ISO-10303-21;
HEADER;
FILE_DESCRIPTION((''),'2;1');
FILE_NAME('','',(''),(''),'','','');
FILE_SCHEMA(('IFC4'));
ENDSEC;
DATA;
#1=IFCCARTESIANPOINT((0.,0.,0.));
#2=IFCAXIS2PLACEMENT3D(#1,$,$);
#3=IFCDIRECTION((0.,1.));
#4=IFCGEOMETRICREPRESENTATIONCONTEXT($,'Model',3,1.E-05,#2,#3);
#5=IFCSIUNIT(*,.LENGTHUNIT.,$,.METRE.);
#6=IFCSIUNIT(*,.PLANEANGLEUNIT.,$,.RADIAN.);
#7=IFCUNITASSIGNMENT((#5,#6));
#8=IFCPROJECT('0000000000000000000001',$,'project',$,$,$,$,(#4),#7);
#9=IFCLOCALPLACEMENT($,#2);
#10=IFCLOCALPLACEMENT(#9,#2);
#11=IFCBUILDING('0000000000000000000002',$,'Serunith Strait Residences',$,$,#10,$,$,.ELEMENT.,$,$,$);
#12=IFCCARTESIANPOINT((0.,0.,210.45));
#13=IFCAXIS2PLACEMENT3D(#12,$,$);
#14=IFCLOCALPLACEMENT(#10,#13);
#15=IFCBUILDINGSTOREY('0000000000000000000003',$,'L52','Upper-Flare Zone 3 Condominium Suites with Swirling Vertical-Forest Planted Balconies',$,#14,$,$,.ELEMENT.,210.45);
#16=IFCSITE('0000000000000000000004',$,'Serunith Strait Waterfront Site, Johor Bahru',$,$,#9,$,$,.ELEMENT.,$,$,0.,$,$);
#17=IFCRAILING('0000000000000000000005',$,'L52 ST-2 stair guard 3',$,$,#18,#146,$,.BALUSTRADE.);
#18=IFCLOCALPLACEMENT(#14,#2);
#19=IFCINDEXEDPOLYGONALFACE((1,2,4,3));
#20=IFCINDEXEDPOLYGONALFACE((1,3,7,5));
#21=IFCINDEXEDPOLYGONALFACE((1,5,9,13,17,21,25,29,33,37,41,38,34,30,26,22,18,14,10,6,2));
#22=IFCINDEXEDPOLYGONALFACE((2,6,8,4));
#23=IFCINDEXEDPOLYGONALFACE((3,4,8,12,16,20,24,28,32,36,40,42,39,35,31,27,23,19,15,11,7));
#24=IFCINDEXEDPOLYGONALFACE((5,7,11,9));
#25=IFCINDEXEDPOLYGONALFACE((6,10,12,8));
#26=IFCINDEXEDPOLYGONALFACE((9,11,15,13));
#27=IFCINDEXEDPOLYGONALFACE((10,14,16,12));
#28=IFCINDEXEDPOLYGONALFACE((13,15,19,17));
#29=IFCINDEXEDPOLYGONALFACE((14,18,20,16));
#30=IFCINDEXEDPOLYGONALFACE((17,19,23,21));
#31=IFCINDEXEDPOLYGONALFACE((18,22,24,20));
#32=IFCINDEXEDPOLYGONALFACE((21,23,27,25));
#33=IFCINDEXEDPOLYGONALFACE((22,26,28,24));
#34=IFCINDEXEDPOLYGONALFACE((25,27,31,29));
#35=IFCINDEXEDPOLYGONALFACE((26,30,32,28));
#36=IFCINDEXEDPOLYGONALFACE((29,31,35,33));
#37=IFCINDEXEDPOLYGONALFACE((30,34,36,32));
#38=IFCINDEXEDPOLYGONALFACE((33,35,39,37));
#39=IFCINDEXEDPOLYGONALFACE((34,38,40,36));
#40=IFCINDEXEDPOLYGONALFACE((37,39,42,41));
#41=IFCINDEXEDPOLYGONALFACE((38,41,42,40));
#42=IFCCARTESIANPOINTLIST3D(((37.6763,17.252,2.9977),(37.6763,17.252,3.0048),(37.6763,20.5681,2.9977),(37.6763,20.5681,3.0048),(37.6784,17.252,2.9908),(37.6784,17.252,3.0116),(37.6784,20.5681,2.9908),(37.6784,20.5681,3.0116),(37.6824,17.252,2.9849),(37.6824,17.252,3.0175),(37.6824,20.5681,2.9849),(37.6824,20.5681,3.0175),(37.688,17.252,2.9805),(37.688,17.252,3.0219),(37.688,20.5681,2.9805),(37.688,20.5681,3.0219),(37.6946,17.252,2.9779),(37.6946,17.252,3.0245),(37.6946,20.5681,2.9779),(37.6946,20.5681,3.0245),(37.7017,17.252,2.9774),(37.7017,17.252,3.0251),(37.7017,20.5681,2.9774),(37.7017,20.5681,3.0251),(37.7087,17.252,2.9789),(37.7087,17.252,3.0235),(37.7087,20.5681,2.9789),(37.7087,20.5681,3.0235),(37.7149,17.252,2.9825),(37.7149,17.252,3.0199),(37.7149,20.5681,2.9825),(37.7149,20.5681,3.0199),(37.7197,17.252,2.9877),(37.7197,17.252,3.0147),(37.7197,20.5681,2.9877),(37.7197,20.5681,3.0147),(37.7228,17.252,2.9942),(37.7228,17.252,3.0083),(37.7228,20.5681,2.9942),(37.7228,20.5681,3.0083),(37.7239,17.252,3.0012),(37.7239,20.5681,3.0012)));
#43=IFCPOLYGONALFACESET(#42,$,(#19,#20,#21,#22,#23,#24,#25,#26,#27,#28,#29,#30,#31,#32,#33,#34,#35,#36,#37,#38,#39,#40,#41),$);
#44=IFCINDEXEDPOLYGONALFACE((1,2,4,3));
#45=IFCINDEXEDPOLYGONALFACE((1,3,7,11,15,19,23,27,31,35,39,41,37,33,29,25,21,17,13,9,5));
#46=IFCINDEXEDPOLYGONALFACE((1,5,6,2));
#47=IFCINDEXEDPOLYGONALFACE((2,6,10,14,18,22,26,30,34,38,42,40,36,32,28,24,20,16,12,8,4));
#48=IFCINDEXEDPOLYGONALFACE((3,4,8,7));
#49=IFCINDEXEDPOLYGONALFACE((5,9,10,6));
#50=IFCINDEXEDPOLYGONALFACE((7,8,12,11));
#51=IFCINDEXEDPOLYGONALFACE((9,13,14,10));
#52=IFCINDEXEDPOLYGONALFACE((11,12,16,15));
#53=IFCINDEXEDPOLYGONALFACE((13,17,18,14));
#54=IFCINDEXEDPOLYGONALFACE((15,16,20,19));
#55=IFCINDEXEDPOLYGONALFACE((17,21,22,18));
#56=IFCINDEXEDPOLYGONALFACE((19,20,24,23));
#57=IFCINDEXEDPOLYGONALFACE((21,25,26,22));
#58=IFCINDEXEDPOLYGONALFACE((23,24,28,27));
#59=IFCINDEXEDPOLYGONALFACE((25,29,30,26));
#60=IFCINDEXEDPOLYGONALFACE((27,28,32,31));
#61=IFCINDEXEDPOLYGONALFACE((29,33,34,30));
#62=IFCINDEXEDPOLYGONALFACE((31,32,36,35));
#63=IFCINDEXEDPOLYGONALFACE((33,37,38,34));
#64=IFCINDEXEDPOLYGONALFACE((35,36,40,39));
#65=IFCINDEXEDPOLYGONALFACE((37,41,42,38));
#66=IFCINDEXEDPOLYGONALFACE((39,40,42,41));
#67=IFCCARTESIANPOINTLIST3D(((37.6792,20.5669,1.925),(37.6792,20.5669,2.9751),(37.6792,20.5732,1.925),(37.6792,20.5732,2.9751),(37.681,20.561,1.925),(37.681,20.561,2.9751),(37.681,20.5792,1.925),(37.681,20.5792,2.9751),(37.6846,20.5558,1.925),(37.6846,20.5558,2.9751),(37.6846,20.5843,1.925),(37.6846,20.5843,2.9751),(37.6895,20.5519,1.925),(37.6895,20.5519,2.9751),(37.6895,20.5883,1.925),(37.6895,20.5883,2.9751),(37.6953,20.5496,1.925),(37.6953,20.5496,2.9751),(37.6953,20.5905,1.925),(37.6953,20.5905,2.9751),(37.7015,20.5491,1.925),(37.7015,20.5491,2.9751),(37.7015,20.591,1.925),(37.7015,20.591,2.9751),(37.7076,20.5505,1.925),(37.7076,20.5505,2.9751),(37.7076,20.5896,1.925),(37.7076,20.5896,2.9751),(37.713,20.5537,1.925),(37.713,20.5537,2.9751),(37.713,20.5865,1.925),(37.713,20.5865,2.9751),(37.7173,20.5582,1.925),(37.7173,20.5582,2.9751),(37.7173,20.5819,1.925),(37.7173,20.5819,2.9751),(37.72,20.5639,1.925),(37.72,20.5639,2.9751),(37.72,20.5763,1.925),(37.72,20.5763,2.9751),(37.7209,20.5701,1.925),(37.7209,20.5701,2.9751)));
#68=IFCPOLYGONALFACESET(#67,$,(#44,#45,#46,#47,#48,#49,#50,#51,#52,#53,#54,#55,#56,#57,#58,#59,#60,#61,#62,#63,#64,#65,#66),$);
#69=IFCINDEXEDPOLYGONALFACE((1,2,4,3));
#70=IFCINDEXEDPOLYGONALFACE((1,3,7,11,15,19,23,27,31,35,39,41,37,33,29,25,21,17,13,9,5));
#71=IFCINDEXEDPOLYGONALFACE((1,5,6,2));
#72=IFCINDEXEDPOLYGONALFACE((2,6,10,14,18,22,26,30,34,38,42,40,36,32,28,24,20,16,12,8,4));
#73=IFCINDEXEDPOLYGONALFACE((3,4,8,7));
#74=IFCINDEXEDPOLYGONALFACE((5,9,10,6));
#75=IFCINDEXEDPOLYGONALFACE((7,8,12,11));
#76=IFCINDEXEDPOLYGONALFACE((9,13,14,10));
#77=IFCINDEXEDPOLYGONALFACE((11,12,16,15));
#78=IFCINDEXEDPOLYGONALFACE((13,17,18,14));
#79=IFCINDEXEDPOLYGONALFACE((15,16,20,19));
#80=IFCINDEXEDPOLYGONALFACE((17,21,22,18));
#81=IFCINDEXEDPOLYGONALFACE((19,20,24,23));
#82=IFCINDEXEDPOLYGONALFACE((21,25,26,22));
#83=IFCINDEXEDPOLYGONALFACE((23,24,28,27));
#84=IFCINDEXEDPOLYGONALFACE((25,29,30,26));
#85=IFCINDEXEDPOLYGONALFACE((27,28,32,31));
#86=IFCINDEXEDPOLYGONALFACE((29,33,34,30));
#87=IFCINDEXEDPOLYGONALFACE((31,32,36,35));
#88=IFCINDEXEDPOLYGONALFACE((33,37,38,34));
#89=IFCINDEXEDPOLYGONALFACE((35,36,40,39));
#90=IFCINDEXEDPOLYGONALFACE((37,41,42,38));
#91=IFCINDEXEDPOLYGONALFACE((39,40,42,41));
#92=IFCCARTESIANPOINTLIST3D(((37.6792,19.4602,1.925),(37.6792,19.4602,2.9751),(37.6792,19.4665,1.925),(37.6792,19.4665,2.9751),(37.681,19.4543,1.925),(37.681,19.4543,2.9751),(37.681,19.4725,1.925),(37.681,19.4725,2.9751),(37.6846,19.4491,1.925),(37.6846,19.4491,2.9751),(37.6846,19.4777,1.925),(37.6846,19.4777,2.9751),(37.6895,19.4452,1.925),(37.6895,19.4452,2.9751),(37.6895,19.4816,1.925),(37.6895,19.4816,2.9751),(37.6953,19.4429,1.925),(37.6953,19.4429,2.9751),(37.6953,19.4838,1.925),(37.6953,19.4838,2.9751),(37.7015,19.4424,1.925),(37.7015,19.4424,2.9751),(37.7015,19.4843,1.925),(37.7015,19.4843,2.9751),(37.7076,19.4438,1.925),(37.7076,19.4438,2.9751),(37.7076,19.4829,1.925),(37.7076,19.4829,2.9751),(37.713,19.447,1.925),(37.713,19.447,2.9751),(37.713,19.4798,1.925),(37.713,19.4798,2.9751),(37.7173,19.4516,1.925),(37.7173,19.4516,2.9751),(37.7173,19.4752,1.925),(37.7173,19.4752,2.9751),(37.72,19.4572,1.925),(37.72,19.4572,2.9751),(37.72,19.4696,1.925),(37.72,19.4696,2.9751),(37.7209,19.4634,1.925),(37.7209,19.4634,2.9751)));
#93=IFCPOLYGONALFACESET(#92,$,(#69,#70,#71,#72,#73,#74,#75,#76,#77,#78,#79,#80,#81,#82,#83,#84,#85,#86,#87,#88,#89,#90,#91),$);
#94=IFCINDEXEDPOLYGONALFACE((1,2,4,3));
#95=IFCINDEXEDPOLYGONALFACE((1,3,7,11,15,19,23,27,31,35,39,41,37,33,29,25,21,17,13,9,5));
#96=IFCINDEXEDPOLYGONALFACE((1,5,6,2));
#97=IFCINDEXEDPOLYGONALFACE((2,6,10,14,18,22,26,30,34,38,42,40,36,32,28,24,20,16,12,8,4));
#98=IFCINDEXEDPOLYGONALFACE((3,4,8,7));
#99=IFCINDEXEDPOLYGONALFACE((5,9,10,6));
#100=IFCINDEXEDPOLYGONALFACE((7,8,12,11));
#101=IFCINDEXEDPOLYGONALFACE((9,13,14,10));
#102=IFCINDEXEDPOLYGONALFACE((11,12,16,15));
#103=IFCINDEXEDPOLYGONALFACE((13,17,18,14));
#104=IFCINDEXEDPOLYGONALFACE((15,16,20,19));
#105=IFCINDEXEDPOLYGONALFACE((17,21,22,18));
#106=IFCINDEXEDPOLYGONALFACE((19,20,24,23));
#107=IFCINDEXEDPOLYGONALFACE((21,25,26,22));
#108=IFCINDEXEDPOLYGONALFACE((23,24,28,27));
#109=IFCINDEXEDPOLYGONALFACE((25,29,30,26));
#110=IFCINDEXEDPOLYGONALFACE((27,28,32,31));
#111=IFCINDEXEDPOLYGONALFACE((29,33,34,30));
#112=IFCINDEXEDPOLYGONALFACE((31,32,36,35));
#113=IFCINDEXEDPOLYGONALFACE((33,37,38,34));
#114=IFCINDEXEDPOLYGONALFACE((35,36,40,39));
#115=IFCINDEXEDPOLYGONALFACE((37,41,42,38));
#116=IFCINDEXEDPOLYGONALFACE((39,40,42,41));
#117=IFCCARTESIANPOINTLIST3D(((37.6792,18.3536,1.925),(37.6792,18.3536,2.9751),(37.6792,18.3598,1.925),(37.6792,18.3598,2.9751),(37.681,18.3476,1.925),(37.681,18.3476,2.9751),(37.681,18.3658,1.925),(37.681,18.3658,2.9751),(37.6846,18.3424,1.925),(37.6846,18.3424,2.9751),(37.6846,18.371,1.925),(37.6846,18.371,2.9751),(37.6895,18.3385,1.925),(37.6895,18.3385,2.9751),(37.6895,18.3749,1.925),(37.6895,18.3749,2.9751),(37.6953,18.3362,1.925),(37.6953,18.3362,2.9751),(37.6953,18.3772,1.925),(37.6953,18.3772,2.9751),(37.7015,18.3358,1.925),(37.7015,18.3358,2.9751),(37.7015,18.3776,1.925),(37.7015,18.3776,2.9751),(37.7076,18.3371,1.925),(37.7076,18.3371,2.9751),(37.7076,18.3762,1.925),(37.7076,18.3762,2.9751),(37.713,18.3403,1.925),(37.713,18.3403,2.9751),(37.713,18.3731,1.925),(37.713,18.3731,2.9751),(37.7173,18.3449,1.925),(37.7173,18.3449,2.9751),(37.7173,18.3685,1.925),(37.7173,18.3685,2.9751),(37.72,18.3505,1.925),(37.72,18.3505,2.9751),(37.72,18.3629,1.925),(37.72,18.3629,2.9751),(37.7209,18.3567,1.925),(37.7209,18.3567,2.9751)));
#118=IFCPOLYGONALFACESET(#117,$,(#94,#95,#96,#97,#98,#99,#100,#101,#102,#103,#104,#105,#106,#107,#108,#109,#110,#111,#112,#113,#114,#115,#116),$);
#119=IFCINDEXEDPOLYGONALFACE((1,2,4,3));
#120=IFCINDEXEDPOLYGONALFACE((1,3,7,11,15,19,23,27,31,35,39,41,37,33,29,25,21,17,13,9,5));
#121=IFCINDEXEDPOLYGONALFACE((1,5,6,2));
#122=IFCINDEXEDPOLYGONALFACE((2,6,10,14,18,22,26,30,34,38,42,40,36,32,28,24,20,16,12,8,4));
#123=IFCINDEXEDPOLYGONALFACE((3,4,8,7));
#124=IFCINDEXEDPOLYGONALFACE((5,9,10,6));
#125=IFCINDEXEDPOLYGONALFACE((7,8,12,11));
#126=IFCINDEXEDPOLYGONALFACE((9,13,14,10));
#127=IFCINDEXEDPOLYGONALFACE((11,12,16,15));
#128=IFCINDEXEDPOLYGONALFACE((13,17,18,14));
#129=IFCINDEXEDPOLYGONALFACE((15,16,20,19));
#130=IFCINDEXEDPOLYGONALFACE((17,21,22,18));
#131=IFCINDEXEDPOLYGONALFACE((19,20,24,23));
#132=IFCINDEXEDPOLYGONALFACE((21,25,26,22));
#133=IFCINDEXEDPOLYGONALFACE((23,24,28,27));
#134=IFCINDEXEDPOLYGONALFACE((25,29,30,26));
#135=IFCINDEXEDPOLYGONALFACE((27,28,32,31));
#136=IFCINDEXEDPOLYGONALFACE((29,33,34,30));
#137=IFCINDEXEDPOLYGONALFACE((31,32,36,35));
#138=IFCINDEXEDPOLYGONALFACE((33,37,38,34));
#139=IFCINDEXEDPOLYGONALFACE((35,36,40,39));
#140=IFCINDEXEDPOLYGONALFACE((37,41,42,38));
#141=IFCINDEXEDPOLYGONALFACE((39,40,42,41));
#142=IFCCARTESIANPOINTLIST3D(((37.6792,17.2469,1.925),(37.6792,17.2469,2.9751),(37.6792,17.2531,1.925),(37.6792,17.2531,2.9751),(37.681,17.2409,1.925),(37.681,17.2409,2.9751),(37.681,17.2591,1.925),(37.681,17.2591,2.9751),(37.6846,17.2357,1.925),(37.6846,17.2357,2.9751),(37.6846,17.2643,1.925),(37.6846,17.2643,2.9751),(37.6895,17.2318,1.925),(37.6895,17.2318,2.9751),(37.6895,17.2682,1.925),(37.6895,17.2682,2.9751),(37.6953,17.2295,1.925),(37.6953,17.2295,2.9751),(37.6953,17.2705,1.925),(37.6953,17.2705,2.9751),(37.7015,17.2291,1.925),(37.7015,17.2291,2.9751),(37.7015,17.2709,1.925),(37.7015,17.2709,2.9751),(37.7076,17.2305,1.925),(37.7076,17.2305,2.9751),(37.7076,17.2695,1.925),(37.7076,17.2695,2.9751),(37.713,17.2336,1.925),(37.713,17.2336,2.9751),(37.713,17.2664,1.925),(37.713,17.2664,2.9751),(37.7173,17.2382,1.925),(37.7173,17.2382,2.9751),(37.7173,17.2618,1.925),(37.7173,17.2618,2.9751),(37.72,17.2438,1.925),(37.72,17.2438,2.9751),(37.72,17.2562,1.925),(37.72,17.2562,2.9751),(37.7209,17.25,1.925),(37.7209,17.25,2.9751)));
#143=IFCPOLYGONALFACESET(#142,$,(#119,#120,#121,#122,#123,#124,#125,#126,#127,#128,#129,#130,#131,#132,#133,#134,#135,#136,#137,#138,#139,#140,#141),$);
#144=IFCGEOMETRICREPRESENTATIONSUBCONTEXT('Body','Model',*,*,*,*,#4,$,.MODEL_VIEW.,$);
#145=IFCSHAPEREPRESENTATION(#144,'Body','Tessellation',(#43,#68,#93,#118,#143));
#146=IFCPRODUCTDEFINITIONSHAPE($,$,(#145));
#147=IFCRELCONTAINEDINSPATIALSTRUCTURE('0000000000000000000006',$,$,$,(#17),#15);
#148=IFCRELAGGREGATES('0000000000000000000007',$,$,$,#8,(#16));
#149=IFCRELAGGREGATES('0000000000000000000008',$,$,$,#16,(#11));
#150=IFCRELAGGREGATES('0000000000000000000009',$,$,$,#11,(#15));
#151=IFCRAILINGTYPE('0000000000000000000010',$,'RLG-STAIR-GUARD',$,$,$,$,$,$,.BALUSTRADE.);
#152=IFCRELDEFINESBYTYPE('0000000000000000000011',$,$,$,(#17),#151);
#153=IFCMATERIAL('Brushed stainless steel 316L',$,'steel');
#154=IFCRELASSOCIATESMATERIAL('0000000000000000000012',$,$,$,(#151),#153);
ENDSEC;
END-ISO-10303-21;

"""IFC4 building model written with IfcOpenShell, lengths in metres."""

from ifc_helpers import new_model, si_unit, direction, frame, origin, origin_2d, place, context, subcontext, project, spatial, circle, extrude, material, type_object, element, save


model = new_model("IFC4")

# Units and contexts
model_context = context("Model", 3, precision=1e-05, world=origin(), true_north=direction((0.0, 1.0)))
body_context = subcontext(model_context, "Body", "Model", "MODEL_VIEW")
ifc_project = project(units=[si_unit("LENGTHUNIT", "METRE"), si_unit("PLANEANGLEUNIT", "RADIAN")], contexts=[model_context])

# Site, building, storey
site_placement = place(None, origin())
site = spatial("IfcSite", under=ifc_project, at=site_placement, Name="Serunith Strait Waterfront Site, Johor Bahru", CompositionType="ELEMENT", RefElevation=0.0)
building_placement = place(site_placement, origin())
building = spatial("IfcBuilding", under=site, at=building_placement, Name="Serunith Strait Residences", CompositionType="ELEMENT")
storey_placement = place(building_placement, frame((0.0, 0.0, 210.45)))
storey = spatial("IfcBuildingStorey", under=building, at=storey_placement, Name="L52", Description="Upper-Flare Zone 3 Condominium Suites with Swirling Vertical-Forest Planted Balconies", CompositionType="ELEMENT", Elevation=210.45)

# Railing
ifc_material_1 = material(Name="Brushed stainless steel 316L", Category="steel")
railing_type_1 = type_object("IfcRailingType", Name="RLG-STAIR-GUARD", PredefinedType="BALUSTRADE", material=ifc_material_1)
for number, where, name in (
    (1, (37.7, 20.5701, 1.925), "L52 ST-2 stair guard 3"),
):
    element("IfcRailing", number, at=place(storey_placement, frame(where)), inside=storey, type_object=railing_type_1, Name=name, PredefinedType="BALUSTRADE", context=body_context, shape_type="SweptSolid", body=[
        extrude(circle(Radius=0.0239, at=origin_2d()), frame((0.0, -0.002, 1.0762), z_axis=(0.0, -1.0, 0.0), x_axis=(1.0, 0.0, 0.0)), (0.0, 0.0, 1.0), 3.3162),
        extrude(circle(Radius=0.021, at=origin_2d()), origin(), (0.0, 0.0, 1.0), 1.05),
        extrude(circle(Radius=0.021, at=origin_2d()), frame((0.0, -1.1067, 0.0)), (0.0, 0.0, 1.0), 1.05),
        extrude(circle(Radius=0.021, at=origin_2d()), frame((0.0, -2.2134, 0.0)), (0.0, 0.0, 1.0), 1.05),
        extrude(circle(Radius=0.021, at=origin_2d()), frame((0.0, -3.3201, 0.0)), (0.0, 0.0, 1.0), 1.05),
    ])

save(model, "model.ifc")
